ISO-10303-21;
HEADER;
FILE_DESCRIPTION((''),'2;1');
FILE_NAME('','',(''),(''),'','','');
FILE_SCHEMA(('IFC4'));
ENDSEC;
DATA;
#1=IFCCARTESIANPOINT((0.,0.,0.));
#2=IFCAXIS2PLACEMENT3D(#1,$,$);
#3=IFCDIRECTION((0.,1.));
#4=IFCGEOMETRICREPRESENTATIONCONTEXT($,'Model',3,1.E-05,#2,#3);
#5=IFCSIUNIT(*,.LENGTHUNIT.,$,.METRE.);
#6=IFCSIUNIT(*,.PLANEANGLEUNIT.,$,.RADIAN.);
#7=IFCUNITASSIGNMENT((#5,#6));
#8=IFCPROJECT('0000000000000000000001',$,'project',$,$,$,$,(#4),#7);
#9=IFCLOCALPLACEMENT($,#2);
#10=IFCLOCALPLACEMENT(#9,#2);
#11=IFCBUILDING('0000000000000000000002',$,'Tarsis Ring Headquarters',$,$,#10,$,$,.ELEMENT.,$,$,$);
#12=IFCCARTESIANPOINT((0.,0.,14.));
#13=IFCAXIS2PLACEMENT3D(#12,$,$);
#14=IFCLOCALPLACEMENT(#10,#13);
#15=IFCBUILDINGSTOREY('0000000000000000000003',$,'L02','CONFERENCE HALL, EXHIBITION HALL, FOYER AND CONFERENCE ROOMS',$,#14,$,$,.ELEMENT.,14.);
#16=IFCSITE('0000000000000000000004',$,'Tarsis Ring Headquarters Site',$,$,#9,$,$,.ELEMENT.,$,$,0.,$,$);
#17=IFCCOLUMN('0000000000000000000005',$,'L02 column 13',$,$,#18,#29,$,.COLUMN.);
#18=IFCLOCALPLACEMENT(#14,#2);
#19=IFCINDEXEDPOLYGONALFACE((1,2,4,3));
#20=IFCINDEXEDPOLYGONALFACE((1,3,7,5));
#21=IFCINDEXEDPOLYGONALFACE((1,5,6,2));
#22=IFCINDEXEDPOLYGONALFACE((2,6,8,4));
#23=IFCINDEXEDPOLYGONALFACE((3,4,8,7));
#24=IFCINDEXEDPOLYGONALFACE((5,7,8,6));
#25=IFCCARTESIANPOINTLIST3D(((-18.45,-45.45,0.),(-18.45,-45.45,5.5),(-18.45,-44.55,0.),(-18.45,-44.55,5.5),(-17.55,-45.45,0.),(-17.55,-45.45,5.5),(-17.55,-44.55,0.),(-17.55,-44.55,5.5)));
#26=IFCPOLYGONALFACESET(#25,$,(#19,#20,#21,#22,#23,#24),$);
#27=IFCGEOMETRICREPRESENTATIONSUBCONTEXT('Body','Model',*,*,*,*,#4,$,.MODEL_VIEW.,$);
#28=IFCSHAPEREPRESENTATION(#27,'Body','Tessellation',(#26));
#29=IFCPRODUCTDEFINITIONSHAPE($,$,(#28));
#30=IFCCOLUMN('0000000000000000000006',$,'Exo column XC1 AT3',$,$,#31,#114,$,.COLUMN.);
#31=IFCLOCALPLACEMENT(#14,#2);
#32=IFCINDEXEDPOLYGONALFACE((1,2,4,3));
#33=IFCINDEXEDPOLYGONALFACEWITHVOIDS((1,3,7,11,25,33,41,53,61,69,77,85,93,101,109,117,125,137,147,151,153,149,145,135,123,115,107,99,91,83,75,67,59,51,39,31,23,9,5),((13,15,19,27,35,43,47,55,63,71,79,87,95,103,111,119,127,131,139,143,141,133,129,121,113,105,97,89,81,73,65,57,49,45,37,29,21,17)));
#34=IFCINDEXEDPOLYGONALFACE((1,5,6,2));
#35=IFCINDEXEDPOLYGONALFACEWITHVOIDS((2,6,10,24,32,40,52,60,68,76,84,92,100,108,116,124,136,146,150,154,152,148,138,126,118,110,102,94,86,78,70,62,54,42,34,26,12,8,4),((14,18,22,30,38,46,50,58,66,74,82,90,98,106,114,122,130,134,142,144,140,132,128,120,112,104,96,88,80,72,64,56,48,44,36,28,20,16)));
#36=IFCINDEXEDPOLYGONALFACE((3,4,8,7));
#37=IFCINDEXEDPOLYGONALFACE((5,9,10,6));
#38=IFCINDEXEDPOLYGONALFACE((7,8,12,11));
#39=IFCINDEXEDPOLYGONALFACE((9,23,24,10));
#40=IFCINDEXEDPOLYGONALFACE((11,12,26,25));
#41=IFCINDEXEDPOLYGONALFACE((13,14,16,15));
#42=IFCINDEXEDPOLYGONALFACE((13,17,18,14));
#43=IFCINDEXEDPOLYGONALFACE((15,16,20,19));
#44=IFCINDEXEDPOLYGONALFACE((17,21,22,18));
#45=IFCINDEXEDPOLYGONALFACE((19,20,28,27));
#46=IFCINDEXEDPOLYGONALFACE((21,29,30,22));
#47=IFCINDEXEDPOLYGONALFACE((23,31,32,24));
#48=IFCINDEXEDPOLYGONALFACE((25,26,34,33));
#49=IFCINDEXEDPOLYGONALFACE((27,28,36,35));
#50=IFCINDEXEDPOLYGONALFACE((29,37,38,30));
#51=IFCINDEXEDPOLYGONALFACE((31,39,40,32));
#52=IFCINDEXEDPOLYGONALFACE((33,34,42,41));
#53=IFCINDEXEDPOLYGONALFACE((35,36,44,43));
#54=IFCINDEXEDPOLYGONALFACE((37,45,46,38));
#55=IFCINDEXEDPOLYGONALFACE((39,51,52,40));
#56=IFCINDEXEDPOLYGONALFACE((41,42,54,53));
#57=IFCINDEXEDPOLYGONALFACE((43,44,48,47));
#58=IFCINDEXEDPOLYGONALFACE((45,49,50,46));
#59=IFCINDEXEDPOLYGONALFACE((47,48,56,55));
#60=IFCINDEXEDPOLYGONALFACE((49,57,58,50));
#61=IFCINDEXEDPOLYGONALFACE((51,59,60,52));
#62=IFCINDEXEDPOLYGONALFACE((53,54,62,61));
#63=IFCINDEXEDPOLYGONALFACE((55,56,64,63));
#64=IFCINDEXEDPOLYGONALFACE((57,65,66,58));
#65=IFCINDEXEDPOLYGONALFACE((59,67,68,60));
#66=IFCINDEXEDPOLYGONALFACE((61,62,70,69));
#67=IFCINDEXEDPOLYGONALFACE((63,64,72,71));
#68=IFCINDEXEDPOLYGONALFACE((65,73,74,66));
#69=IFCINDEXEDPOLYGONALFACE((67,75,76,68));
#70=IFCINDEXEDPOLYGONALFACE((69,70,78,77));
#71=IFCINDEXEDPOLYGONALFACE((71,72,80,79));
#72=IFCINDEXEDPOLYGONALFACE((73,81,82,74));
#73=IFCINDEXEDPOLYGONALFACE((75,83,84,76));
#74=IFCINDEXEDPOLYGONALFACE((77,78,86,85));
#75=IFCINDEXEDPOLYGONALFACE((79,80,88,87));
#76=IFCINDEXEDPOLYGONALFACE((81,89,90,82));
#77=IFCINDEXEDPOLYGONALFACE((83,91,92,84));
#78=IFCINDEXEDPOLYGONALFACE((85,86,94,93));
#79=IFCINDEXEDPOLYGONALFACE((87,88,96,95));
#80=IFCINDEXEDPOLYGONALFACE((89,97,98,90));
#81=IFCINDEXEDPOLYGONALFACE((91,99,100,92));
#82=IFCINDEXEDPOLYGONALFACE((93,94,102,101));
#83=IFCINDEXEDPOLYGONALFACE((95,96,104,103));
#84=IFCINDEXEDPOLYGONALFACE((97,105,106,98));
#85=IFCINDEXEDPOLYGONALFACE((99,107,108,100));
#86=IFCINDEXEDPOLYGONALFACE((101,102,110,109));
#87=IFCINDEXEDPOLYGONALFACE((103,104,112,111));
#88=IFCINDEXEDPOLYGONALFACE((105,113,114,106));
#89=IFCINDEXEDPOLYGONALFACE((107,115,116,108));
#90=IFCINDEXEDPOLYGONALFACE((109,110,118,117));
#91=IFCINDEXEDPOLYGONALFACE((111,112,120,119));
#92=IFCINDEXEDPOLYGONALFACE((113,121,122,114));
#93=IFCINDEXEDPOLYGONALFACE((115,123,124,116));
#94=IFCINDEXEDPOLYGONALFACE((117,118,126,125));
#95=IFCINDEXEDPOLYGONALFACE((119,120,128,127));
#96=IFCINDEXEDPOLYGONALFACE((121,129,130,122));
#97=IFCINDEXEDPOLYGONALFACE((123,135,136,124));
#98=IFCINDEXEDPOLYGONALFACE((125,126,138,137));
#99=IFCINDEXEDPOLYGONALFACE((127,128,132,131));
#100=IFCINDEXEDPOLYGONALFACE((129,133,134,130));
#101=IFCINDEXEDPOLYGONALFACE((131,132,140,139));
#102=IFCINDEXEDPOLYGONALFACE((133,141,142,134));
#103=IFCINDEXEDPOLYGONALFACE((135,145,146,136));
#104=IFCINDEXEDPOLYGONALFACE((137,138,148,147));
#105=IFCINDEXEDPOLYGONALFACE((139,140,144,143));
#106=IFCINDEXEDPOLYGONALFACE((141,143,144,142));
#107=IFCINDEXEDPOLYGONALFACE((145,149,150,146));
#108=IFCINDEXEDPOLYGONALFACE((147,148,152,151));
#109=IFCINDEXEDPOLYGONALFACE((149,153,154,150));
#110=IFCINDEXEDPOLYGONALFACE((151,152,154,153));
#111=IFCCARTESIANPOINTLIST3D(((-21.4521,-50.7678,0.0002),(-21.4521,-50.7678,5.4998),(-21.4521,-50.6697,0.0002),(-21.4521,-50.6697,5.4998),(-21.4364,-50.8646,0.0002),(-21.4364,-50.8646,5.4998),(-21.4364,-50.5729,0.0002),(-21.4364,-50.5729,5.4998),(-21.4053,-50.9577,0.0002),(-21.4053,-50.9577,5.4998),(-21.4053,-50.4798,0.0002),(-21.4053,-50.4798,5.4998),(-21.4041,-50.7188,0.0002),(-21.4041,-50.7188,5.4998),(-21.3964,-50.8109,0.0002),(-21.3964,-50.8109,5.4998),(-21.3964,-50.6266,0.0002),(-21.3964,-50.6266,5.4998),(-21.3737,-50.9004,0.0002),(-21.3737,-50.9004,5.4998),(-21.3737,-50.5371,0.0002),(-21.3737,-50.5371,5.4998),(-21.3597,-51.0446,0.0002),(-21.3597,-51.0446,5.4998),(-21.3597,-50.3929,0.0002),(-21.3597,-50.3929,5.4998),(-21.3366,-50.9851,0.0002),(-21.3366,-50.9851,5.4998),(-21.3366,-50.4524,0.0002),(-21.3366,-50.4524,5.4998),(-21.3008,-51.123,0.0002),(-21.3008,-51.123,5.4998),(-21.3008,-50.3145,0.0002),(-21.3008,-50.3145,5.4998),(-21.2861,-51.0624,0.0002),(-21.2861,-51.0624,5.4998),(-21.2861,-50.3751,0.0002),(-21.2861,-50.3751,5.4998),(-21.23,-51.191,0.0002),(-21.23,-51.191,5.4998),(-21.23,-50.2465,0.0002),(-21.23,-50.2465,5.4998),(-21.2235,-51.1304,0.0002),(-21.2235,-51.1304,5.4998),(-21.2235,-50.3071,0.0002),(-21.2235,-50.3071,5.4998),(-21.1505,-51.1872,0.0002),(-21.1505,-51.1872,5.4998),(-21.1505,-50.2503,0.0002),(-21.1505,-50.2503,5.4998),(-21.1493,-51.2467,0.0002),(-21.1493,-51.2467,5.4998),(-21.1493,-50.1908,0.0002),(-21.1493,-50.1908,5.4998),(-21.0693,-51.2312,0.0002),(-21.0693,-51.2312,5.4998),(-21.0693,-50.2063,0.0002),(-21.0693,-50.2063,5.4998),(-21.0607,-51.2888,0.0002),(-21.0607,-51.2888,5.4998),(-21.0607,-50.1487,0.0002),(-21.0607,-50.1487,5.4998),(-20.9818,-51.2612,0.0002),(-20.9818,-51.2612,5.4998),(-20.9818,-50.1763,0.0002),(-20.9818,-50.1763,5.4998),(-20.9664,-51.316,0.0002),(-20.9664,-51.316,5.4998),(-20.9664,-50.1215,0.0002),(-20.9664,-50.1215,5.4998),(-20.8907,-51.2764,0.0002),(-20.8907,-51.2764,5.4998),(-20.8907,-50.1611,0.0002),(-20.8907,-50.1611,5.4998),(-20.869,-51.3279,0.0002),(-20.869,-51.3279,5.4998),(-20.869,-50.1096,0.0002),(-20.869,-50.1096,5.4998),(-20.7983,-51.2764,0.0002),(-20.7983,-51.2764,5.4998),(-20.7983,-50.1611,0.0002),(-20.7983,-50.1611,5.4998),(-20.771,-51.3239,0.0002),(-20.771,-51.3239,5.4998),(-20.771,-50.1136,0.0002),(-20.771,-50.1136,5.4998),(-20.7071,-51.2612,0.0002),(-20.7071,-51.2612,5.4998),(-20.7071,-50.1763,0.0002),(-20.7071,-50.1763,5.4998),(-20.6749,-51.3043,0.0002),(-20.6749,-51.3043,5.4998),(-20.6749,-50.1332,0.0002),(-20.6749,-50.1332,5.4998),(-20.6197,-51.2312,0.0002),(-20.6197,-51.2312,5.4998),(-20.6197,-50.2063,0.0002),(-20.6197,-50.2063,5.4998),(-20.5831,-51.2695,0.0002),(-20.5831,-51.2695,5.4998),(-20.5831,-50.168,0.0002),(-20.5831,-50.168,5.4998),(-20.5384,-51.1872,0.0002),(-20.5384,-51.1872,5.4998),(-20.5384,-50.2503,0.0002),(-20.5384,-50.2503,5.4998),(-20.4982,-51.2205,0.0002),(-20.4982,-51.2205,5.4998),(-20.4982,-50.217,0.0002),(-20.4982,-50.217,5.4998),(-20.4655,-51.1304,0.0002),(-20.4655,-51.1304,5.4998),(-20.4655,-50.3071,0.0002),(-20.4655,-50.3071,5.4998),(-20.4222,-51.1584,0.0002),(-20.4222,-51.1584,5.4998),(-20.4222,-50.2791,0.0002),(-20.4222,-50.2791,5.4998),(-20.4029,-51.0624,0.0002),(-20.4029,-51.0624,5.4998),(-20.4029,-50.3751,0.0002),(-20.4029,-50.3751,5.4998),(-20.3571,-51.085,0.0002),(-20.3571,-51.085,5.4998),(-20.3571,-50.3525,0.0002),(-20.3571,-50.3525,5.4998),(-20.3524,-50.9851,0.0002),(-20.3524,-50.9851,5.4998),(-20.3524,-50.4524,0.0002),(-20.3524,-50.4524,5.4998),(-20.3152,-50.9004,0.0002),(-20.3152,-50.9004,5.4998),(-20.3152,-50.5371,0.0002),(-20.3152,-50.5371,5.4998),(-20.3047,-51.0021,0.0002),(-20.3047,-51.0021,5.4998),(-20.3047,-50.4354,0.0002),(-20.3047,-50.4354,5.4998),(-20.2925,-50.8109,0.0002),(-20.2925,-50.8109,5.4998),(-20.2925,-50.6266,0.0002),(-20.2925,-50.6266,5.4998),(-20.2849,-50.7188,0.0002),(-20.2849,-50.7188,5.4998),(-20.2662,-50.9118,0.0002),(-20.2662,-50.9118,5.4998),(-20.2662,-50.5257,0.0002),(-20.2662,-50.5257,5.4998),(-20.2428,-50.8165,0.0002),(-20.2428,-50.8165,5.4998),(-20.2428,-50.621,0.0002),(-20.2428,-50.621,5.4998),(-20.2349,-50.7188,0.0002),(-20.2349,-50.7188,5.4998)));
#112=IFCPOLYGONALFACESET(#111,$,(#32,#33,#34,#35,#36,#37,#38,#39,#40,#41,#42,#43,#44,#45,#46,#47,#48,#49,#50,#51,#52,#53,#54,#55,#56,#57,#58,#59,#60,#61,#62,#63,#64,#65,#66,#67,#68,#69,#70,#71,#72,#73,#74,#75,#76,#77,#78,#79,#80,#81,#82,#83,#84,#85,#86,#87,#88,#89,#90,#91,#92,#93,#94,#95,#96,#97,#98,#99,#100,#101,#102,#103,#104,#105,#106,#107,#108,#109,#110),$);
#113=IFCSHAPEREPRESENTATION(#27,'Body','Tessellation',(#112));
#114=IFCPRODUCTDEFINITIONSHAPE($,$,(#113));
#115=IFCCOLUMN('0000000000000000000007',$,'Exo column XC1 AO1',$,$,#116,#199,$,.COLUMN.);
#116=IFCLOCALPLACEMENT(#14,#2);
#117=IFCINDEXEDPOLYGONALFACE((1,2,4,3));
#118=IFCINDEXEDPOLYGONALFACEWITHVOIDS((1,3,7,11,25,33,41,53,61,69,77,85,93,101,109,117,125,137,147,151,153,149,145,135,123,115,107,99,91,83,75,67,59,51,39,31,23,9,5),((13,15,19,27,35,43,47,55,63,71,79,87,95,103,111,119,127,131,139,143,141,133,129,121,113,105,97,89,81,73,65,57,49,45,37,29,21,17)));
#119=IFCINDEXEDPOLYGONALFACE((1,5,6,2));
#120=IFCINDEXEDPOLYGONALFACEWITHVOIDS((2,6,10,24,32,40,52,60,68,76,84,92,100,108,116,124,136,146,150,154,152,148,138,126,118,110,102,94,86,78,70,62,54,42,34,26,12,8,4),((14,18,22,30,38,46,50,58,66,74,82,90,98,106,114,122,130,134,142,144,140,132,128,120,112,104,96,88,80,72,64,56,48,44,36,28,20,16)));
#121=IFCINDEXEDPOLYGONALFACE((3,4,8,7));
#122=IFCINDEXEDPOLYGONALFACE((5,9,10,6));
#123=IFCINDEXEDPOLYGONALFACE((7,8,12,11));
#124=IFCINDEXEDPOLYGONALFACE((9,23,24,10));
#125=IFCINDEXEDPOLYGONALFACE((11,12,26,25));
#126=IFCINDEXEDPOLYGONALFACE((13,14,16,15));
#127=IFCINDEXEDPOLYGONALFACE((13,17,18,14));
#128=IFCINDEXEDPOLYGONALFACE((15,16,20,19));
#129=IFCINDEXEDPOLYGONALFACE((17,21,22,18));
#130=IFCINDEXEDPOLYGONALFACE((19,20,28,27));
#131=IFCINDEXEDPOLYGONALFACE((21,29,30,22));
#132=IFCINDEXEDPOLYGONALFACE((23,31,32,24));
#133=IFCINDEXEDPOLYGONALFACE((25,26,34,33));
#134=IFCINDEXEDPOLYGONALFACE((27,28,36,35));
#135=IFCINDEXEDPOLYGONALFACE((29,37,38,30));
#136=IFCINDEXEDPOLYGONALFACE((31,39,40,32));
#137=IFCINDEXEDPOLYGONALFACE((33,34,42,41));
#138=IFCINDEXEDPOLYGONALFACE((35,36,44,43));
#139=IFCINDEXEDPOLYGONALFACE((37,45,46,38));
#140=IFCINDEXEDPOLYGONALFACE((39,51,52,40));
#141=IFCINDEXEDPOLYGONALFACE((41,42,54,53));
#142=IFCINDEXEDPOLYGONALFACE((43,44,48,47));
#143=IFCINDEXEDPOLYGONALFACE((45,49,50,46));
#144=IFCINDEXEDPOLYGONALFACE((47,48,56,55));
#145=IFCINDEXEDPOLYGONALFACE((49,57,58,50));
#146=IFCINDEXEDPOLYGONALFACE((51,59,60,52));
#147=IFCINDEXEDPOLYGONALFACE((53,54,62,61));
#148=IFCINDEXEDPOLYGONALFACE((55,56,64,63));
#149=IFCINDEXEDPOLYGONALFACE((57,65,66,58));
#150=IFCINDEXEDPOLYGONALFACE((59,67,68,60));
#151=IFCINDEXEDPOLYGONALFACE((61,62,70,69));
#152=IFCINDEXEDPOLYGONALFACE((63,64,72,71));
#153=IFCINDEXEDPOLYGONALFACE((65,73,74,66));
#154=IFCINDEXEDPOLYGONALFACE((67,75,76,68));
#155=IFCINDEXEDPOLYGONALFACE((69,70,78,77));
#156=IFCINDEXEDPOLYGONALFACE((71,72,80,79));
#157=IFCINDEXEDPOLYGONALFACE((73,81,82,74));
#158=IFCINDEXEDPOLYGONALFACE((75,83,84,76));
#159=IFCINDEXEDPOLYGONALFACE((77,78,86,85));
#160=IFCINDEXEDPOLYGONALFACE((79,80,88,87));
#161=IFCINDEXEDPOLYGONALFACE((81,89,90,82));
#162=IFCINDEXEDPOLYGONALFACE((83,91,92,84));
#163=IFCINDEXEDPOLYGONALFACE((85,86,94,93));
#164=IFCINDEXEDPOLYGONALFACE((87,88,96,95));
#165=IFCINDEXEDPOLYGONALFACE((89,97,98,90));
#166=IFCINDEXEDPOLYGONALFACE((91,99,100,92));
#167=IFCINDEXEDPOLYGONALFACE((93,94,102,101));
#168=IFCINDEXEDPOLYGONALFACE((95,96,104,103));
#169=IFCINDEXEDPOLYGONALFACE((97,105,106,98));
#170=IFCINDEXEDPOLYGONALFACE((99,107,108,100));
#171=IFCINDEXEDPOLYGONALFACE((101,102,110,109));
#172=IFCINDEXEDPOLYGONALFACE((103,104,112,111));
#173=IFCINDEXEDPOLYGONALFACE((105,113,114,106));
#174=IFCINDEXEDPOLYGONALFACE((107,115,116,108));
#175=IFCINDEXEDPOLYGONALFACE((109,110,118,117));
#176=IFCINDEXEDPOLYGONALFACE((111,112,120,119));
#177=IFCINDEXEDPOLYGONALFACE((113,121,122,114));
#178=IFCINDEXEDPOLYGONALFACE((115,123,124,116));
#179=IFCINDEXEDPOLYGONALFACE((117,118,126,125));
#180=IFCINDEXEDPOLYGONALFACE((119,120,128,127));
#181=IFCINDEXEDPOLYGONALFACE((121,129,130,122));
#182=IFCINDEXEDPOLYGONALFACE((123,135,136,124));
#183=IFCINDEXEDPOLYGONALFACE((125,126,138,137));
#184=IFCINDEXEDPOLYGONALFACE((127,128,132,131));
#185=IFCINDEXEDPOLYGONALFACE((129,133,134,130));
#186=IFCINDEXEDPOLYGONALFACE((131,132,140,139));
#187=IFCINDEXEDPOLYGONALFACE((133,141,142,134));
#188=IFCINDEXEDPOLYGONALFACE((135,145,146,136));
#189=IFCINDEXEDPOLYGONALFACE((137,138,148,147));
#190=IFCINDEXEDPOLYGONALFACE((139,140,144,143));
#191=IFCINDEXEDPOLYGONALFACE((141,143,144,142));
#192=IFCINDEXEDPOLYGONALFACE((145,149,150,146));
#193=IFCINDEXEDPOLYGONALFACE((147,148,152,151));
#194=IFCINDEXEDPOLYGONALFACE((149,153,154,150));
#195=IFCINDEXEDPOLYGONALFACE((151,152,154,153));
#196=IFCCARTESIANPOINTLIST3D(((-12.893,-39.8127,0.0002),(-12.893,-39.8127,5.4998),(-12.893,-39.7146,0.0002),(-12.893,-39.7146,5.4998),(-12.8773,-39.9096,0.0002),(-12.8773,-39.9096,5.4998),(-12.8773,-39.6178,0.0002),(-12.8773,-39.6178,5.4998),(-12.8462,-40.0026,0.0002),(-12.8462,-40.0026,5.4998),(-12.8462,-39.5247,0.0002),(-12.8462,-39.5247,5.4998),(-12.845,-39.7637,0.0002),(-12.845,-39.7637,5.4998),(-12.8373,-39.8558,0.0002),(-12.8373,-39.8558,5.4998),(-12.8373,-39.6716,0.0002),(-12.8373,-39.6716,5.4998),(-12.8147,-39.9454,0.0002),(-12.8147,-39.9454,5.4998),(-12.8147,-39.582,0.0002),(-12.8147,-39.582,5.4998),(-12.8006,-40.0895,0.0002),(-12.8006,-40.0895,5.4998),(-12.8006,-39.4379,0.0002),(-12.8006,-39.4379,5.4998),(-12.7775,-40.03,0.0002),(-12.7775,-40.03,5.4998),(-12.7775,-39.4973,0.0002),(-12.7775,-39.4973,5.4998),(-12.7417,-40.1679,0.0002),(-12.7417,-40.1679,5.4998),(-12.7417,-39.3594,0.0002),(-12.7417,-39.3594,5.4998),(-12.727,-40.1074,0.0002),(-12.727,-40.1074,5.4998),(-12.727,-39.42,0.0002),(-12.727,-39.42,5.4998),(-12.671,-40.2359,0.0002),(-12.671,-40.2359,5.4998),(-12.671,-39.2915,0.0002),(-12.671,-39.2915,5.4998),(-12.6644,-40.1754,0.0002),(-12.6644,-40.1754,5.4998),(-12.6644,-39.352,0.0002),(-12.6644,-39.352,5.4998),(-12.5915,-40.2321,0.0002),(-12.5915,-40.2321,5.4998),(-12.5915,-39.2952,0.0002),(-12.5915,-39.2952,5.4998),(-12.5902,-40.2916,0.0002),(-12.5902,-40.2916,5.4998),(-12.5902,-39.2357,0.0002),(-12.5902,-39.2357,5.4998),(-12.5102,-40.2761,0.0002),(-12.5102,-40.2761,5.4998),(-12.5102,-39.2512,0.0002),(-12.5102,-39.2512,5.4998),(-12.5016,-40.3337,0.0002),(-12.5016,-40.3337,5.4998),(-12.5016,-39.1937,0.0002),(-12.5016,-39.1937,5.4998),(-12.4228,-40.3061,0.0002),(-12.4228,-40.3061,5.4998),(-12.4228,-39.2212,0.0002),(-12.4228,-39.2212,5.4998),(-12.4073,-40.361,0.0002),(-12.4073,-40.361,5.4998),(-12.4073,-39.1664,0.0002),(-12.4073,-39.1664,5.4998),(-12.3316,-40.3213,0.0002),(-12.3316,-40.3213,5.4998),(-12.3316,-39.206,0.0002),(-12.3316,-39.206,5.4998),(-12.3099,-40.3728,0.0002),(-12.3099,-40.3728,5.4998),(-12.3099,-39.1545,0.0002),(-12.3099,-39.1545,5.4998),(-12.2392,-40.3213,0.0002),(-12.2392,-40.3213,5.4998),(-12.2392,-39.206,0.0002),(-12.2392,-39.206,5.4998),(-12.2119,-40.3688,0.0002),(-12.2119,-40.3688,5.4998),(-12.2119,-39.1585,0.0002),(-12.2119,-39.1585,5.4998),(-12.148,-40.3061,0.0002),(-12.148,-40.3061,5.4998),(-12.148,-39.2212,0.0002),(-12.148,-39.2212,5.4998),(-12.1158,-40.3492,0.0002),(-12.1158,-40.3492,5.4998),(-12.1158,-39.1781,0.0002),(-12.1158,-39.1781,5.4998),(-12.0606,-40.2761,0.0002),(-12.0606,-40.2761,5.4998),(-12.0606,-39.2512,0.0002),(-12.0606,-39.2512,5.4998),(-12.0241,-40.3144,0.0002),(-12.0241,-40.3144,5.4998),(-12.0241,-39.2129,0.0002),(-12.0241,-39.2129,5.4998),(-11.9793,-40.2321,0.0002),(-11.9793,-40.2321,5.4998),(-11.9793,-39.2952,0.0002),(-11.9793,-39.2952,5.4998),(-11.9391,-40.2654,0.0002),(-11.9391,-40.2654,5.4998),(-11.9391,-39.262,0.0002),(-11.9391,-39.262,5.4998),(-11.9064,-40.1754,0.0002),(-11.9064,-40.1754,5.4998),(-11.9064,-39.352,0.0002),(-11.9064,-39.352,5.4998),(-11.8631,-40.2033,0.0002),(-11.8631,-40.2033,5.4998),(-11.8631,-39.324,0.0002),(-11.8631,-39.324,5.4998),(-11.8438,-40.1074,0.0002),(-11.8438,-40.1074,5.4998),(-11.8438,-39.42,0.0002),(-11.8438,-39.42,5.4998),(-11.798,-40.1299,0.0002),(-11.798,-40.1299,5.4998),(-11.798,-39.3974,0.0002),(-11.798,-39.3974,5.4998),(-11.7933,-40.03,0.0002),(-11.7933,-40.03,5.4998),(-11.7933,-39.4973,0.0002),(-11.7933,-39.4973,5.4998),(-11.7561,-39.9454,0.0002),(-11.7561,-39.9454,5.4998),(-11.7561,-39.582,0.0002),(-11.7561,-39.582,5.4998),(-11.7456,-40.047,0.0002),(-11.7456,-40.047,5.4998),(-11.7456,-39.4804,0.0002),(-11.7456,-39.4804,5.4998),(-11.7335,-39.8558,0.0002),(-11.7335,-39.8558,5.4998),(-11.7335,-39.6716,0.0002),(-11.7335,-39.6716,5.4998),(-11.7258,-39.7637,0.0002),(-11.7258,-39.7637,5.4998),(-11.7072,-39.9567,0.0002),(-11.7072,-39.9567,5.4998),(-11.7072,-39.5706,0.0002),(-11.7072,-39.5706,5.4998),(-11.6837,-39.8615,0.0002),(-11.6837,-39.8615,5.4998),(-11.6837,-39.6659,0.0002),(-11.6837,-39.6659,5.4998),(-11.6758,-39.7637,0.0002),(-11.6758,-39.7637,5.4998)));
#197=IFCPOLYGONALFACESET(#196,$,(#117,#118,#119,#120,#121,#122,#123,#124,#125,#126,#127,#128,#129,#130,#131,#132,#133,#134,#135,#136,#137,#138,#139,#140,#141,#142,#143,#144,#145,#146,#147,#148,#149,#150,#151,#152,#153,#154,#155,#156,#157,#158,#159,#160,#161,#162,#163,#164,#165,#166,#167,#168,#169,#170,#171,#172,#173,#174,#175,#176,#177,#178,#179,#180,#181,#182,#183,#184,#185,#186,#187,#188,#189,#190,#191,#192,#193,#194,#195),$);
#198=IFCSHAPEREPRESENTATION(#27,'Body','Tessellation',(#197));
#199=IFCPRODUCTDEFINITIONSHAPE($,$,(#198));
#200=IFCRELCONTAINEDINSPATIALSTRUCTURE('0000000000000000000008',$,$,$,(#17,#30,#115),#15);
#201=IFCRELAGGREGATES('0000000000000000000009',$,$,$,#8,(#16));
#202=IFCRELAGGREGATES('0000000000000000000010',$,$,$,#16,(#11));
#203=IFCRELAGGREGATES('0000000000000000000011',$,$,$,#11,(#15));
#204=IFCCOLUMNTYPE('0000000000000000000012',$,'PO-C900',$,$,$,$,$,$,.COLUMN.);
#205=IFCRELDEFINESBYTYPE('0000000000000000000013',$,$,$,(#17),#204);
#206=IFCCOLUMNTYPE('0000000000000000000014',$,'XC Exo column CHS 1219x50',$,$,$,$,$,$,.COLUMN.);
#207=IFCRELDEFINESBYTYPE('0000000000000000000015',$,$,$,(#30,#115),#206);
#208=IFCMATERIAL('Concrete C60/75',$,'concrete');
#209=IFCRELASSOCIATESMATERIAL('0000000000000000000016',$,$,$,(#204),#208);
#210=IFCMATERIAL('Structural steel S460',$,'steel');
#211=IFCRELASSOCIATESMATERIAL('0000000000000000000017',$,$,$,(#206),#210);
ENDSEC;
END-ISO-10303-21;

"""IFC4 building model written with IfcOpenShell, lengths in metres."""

from ifc_helpers import new_model, si_unit, direction, frame, origin, origin_2d, place, context, subcontext, project, spatial, rectangle, hollow_circle, extrude, material, material_profile, profile_set, type_object, element, save


model = new_model("IFC4")

# Units and contexts
model_context = context("Model", 3, precision=1e-05, world=origin(), true_north=direction((0.0, 1.0)))
body_context = subcontext(model_context, "Body", "Model", "MODEL_VIEW")
ifc_project = project(units=[si_unit("LENGTHUNIT", "METRE"), si_unit("PLANEANGLEUNIT", "RADIAN")], contexts=[model_context])

# Site, building, storey
site_placement = place(None, origin())
site = spatial("IfcSite", under=ifc_project, at=site_placement, Name="Tarsis Ring Headquarters Site", CompositionType="ELEMENT", RefElevation=0.0)
building_placement = place(site_placement, origin())
building = spatial("IfcBuilding", under=site, at=building_placement, Name="Tarsis Ring Headquarters", CompositionType="ELEMENT")
storey_placement = place(building_placement, frame((0.0, 0.0, 14.0)))
storey = spatial("IfcBuildingStorey", under=building, at=storey_placement, Name="L02", Description="CONFERENCE HALL, EXHIBITION HALL, FOYER AND CONFERENCE ROOMS", CompositionType="ELEMENT", Elevation=14.0)

# Columns
ifc_material_1 = material(Name="Concrete C60/75", Category="concrete")
ifc_material_profile_1 = material_profile(ifc_material_1, rectangle(XDim=0.8999, YDim=0.8999, at=origin_2d()), Name="PO-C900")
ifc_profile_set_1 = profile_set([ifc_material_profile_1], Name="Concrete C60/75")
column_type_1 = type_object("IfcColumnType", Name="PO-C900", PredefinedType="COLUMN", material=ifc_profile_set_1)
column_placement = place(storey_placement, frame((-18.0, -45.0, 0.0), z_axis=(0.0, 0.0, 1.0), x_axis=(1.0, 0.0, 0.0)))
element("IfcColumn", 1, at=column_placement, inside=storey, type_object=column_type_1, Name="L02 column 13", PredefinedType="COLUMN", context=body_context, shape_type="SweptSolid", body=[
    extrude(rectangle(XDim=0.8999, YDim=0.8999, at=origin_2d()), origin(), (0.0, 0.0, 1.0), 5.5),
])
ifc_material_2 = material(Name="Structural steel S460", Category="steel")
ifc_material_profile_2 = material_profile(ifc_material_2, hollow_circle(Radius=0.6096, WallThickness=0.05, at=origin_2d()), Name="CHS 1219x50")
ifc_profile_set_2 = profile_set([ifc_material_profile_2], Name="Structural steel S460")
column_type_2 = type_object("IfcColumnType", Name="XC Exo column CHS 1219x50", PredefinedType="COLUMN", material=ifc_profile_set_2)
for number, where, z_axis, x_axis, name in (
    (2, (-20.8445, -50.7188, 0.0002), (0.0, 0.0, 1.0), (1.0, 0.0, 0.0), "Exo column XC1 AT3"),
    (3, (-12.2854, -39.7637, 0.0002), (0.0, 0.0, 1.0), (1.0, 0.0, 0.0), "Exo column XC1 AO1"),
):
    element("IfcColumn", number, at=place(storey_placement, frame(where, z_axis=z_axis, x_axis=x_axis)), inside=storey, type_object=column_type_2, Name=name, PredefinedType="COLUMN", context=body_context, shape_type="SweptSolid", body=[
        extrude(hollow_circle(Radius=0.6096, WallThickness=0.05, at=origin_2d()), origin(), (0.0, 0.0, 1.0), 5.4995),
    ])

save(model, "model.ifc")
